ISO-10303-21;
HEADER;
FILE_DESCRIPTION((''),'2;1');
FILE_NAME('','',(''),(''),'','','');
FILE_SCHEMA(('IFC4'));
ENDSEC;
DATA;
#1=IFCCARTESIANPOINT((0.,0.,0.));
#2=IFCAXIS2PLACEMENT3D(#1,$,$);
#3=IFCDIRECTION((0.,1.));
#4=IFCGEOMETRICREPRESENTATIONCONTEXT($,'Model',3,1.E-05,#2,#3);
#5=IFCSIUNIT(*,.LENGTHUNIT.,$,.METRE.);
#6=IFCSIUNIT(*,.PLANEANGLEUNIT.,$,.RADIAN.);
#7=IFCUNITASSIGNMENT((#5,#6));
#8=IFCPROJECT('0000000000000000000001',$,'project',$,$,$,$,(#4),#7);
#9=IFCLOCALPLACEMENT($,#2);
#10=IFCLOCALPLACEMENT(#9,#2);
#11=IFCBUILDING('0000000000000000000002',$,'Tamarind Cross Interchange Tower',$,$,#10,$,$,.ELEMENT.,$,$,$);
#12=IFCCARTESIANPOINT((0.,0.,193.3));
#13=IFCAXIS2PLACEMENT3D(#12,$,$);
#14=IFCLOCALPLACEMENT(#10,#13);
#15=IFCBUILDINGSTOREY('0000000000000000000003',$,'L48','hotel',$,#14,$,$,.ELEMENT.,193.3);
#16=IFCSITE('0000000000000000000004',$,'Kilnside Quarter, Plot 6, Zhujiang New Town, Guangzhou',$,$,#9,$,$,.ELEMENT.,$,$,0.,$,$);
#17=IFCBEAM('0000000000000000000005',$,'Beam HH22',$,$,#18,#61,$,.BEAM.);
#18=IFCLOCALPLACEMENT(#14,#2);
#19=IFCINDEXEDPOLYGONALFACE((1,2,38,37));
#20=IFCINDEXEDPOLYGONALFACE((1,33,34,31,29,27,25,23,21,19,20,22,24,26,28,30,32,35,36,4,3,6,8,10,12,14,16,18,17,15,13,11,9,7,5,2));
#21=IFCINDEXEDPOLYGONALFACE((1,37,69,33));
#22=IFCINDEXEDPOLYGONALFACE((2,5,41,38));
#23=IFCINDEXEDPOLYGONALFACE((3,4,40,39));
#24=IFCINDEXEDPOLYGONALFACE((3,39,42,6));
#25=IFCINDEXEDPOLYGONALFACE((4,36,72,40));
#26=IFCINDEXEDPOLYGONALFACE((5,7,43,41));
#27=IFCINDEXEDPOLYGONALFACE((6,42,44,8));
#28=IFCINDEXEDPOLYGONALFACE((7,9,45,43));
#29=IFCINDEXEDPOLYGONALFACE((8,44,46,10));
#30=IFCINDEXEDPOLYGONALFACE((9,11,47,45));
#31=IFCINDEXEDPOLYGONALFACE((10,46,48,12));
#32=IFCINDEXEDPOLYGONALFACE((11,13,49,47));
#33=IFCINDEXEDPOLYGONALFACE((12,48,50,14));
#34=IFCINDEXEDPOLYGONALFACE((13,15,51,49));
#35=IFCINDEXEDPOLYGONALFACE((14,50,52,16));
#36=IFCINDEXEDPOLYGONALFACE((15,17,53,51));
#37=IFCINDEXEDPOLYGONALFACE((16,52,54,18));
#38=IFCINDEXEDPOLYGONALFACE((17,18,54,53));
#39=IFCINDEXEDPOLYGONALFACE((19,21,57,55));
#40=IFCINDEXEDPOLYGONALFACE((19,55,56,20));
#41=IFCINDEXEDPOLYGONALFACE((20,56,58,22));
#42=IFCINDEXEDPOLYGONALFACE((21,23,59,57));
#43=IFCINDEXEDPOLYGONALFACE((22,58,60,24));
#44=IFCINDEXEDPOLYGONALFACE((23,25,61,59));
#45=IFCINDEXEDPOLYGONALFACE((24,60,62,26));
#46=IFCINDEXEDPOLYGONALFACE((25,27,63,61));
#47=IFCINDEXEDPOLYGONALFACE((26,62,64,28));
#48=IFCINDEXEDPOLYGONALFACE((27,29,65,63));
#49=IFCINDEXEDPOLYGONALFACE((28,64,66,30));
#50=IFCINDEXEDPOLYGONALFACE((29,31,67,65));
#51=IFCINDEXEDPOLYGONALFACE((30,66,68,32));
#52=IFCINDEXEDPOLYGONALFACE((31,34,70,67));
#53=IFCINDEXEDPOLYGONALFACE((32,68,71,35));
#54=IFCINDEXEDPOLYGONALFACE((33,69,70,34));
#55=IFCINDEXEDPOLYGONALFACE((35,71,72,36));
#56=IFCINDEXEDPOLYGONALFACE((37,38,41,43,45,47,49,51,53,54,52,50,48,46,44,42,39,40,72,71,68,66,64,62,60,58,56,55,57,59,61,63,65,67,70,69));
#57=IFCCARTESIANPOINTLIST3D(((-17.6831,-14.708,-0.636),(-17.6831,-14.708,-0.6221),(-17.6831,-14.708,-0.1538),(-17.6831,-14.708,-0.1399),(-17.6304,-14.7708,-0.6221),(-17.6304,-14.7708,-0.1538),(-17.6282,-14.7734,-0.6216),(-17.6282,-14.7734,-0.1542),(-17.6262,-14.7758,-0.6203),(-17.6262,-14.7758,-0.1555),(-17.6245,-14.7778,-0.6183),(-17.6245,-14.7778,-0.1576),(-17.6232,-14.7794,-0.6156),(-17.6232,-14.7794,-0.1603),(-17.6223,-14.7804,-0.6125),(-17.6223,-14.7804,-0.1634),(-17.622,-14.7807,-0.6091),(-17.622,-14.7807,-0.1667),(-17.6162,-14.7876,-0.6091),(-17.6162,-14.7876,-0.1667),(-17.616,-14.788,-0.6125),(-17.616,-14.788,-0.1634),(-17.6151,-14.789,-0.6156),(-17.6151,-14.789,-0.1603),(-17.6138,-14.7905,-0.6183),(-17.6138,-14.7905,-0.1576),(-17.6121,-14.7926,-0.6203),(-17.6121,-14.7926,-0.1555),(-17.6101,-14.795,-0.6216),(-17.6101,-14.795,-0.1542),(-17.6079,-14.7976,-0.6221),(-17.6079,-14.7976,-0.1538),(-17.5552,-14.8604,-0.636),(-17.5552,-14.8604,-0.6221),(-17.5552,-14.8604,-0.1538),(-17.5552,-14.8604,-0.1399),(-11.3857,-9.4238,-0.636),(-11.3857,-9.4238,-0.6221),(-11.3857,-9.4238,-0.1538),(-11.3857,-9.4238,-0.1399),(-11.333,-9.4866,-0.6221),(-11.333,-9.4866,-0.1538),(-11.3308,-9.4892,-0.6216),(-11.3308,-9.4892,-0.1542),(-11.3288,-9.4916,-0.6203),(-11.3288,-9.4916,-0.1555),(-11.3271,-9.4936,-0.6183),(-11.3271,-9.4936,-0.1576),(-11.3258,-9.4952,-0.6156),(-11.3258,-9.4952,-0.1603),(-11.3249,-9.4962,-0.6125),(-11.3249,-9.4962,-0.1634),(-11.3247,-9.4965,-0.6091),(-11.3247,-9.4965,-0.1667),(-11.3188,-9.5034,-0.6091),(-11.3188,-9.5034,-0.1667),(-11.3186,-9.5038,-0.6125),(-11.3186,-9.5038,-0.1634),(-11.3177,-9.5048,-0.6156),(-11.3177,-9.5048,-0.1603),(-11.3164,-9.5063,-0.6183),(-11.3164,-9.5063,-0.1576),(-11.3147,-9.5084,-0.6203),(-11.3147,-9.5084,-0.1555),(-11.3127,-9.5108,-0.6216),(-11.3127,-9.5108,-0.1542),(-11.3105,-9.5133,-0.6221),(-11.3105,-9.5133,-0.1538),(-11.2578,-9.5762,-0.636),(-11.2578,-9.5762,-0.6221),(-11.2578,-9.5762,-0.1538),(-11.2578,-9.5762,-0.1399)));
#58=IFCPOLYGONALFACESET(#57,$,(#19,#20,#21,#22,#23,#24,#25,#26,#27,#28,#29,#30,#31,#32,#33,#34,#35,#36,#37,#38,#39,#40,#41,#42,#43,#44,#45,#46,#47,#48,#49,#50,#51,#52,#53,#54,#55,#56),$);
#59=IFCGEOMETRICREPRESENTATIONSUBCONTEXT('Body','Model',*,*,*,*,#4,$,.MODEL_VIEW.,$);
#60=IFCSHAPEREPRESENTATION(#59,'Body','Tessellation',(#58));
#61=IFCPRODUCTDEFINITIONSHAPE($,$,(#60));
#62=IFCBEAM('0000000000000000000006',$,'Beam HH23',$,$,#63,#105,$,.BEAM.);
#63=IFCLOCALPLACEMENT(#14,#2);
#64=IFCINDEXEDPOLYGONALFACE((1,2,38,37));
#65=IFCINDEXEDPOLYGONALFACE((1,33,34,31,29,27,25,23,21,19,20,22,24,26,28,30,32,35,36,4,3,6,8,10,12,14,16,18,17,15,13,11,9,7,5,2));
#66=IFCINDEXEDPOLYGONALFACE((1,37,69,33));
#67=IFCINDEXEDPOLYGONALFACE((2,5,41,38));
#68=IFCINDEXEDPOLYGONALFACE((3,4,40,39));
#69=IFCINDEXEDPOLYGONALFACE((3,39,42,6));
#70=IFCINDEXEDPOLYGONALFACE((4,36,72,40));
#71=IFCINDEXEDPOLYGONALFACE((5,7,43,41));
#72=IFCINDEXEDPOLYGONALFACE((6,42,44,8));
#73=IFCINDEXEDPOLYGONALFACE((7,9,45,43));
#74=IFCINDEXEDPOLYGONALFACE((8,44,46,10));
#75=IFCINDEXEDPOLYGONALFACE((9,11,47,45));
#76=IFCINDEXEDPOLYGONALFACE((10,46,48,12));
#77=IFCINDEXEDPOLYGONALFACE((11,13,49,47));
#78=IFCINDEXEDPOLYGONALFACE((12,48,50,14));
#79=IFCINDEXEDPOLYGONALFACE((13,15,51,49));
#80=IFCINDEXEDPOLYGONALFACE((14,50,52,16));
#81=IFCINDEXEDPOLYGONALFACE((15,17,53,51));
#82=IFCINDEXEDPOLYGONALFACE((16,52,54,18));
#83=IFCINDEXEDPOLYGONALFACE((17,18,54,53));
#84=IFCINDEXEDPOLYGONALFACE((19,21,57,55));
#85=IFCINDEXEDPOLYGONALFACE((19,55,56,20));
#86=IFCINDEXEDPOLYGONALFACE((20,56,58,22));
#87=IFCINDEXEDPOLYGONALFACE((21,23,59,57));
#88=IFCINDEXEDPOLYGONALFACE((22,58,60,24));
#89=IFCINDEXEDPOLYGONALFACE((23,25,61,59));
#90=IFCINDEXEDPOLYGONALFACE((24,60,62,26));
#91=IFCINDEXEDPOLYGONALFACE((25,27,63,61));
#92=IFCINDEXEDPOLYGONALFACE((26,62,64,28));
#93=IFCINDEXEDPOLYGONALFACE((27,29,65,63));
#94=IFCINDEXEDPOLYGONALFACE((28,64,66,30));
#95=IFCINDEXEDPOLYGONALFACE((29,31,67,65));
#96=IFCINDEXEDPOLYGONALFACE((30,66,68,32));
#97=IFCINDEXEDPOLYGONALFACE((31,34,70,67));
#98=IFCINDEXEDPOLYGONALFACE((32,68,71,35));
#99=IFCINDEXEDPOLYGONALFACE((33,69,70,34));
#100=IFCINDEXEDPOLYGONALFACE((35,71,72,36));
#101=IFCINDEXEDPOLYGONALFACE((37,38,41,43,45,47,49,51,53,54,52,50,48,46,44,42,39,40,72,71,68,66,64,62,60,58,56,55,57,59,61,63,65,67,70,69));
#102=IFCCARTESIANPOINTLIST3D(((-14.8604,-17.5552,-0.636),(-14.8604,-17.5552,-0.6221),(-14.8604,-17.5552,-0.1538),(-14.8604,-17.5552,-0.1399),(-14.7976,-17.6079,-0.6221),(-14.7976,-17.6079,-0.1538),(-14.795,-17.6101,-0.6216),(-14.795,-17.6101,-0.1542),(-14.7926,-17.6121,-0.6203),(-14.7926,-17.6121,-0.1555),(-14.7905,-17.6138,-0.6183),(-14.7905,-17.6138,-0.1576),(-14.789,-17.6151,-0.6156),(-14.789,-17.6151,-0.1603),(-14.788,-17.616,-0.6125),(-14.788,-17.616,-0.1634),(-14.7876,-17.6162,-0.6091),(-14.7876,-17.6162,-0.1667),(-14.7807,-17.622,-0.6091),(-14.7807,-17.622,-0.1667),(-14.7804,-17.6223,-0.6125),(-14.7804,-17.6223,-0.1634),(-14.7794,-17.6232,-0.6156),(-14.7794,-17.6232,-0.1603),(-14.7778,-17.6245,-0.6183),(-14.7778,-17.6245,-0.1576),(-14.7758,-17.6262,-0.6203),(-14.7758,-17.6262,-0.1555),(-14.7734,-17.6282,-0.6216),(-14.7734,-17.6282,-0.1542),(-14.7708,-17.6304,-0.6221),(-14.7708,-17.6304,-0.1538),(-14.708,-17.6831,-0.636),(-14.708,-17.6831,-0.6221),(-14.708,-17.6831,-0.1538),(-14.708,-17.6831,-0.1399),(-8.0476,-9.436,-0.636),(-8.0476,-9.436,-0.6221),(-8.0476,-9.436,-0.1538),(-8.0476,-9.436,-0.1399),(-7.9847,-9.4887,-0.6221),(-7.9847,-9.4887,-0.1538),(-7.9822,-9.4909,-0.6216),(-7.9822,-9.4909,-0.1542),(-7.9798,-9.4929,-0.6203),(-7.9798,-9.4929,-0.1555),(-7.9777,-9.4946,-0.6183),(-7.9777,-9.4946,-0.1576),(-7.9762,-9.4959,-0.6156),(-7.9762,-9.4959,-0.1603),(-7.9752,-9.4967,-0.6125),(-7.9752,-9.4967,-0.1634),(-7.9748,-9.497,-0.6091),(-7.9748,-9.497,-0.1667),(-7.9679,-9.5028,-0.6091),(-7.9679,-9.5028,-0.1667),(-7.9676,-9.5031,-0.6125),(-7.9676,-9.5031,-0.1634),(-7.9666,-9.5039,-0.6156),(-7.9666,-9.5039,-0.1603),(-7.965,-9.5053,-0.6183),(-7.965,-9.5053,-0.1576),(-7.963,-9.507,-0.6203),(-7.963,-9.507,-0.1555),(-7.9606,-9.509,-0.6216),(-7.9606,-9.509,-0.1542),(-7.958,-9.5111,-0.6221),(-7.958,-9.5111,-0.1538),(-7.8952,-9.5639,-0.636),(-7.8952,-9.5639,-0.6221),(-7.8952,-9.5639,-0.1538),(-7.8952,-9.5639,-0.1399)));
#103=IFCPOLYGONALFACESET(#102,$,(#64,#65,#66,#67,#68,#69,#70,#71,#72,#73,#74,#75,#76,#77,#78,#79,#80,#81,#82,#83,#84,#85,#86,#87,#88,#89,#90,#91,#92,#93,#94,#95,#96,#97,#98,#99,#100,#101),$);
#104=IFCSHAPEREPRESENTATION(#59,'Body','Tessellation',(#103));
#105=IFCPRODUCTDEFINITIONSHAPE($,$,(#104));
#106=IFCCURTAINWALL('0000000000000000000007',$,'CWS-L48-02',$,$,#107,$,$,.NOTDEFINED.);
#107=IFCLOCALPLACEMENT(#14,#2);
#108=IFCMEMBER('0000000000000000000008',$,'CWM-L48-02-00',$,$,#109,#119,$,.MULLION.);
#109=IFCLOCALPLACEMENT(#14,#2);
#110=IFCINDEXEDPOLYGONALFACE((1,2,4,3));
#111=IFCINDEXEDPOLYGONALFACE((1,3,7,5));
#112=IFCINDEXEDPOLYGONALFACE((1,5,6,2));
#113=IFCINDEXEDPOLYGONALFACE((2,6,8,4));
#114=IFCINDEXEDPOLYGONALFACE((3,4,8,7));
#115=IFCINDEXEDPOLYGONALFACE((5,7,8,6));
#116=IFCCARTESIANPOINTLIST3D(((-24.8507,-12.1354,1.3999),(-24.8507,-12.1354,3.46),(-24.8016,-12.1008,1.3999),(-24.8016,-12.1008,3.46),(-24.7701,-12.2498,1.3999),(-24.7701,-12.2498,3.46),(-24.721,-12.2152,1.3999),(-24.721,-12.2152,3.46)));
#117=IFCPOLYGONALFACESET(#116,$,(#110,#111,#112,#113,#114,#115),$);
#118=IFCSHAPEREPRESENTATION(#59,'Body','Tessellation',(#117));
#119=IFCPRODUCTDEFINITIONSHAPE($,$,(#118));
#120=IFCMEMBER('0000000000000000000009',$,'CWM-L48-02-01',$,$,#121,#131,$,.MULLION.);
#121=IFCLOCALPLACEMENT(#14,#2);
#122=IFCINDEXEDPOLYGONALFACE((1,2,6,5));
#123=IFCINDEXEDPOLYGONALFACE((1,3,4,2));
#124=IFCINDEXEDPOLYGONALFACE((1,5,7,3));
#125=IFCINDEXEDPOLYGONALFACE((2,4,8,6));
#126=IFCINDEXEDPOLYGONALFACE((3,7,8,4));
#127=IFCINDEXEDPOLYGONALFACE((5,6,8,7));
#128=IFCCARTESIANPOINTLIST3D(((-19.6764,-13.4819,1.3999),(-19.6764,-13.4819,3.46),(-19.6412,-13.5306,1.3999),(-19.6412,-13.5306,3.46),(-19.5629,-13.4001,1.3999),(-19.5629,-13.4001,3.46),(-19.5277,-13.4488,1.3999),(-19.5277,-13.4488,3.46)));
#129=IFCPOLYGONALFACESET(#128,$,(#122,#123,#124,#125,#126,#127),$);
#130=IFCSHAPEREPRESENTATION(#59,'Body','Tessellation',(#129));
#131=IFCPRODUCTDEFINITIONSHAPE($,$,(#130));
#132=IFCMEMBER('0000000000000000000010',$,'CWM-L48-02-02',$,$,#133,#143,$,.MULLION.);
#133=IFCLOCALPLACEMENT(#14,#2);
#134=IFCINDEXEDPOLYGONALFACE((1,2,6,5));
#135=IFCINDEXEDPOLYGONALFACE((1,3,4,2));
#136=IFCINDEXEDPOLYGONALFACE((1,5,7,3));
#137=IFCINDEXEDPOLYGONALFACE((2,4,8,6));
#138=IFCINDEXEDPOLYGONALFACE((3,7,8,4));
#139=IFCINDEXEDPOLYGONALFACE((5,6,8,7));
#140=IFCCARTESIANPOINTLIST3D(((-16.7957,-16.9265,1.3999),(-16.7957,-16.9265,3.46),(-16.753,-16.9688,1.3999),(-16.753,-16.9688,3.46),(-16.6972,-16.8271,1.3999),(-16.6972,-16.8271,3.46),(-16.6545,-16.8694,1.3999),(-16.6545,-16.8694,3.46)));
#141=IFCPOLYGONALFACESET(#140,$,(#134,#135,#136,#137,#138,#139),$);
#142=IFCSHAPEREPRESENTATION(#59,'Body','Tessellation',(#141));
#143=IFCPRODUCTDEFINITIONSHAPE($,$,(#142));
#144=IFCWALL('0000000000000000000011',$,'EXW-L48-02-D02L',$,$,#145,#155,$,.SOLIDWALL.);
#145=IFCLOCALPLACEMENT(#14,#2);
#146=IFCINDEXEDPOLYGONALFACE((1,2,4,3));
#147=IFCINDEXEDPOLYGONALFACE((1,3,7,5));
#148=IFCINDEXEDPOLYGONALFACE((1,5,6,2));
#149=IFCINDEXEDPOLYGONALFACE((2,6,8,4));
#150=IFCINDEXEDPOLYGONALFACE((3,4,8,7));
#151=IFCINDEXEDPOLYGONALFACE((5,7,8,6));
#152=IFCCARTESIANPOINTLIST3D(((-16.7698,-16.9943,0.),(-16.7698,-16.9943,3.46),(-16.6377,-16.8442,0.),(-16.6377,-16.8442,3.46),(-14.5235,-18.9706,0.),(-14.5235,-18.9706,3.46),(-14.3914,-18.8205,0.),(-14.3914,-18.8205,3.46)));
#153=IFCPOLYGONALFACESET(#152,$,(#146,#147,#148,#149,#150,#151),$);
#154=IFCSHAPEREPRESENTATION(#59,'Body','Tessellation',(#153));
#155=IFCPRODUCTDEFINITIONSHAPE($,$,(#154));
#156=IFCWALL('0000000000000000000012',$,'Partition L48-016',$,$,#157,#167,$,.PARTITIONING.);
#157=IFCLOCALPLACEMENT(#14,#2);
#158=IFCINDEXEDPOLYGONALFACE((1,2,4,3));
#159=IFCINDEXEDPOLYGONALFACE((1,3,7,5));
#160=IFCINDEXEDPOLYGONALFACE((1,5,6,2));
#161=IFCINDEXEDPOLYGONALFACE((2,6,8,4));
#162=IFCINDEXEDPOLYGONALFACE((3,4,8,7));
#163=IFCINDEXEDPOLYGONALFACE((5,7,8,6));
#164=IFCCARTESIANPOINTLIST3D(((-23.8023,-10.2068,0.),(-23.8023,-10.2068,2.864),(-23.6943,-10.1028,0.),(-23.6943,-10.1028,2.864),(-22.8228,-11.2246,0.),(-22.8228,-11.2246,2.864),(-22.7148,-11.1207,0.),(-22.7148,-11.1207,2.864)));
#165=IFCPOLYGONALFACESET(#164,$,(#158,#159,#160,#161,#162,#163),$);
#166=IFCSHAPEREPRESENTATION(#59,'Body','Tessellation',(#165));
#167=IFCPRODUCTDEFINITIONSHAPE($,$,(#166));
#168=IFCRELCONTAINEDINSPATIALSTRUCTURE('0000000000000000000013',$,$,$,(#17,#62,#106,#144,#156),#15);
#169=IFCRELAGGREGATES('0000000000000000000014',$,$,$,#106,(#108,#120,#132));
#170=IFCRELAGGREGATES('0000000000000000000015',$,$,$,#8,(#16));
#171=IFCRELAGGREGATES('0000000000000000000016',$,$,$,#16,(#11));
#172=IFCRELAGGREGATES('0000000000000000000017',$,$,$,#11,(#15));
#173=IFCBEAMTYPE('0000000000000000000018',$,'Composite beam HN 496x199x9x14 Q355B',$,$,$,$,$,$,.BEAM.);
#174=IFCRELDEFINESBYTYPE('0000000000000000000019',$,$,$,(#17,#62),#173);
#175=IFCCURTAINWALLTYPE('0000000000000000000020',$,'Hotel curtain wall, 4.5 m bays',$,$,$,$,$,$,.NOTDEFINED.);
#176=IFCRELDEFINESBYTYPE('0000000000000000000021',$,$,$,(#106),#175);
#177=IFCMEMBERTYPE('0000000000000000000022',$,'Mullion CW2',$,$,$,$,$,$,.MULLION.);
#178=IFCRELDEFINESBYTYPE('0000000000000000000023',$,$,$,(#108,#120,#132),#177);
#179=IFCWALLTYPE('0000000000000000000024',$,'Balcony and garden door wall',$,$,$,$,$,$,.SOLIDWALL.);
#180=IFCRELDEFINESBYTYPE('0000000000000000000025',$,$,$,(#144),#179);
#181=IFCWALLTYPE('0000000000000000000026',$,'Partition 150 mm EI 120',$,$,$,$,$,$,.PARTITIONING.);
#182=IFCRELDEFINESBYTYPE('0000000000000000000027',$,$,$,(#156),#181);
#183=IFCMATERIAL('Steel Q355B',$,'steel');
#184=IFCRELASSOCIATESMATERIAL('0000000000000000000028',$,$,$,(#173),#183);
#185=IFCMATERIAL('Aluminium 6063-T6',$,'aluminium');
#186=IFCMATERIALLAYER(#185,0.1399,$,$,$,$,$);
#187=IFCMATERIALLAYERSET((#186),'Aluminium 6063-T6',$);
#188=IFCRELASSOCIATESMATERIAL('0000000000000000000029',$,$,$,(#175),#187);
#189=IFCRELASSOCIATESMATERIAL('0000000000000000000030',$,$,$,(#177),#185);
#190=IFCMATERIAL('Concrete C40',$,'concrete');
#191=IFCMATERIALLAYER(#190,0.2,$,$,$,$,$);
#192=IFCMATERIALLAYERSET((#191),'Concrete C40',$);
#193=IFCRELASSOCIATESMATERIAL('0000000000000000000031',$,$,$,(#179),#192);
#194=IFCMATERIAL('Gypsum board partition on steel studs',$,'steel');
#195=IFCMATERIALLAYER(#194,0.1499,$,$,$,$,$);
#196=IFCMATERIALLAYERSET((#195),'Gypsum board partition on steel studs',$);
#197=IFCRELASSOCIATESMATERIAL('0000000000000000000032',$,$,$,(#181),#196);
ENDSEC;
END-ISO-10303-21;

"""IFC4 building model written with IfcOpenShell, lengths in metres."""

from ifc_helpers import new_model, si_unit, direction, frame, frame_2d, origin, origin_2d, place, context, subcontext, project, spatial, rectangle, i_section, extrude, material, layer, layer_set, material_profile, profile_set, type_object, element, aggregate, save


model = new_model("IFC4")

# Units and contexts
model_context = context("Model", 3, precision=1e-05, world=origin(), true_north=direction((0.0, 1.0)))
body_context = subcontext(model_context, "Body", "Model", "MODEL_VIEW")
ifc_project = project(units=[si_unit("LENGTHUNIT", "METRE"), si_unit("PLANEANGLEUNIT", "RADIAN")], contexts=[model_context])

# Site, building, storey
site_placement = place(None, origin())
site = spatial("IfcSite", under=ifc_project, at=site_placement, Name="Kilnside Quarter, Plot 6, Zhujiang New Town, Guangzhou", CompositionType="ELEMENT", RefElevation=0.0)
building_placement = place(site_placement, origin())
building = spatial("IfcBuilding", under=site, at=building_placement, Name="Tamarind Cross Interchange Tower", CompositionType="ELEMENT")
storey_placement = place(building_placement, frame((0.0, 0.0, 193.3)))
storey = spatial("IfcBuildingStorey", under=building, at=storey_placement, Name="L48", Description="hotel", CompositionType="ELEMENT", Elevation=193.3)

# Beams
ifc_material_1 = material(Name="Steel Q355B", Category="steel")
ifc_material_profile_1 = material_profile(ifc_material_1, i_section(OverallWidth=0.199, OverallDepth=0.4961, WebThickness=0.009, FlangeThickness=0.0139, FilletRadius=0.0129, at=origin_2d()), Name="HN 496x199x9x14")
ifc_profile_set_1 = profile_set([ifc_material_profile_1], Name="Steel Q355B")
beam_type = type_object("IfcBeamType", Name="Composite beam HN 496x199x9x14 Q355B", PredefinedType="BEAM", material=ifc_profile_set_1)
beam_1_placement = place(storey_placement, frame((-17.6191, -14.7842, -0.3879), z_axis=(0.766041, 0.642792, 0.0), x_axis=(-0.642792, 0.766041, 0.0)))
element("IfcBeam", 1, at=beam_1_placement, inside=storey, type_object=beam_type, Name="Beam HH22", PredefinedType="BEAM", context=body_context, shape_type="SweptSolid", body=[
    extrude(i_section(OverallWidth=0.199, OverallDepth=0.4961, WebThickness=0.009, FlangeThickness=0.0139, FilletRadius=0.0129, at=origin_2d()), origin(), (0.0, 0.0, 1.0), 8.2207),
])
beam_2_placement = place(storey_placement, frame((-14.7842, -17.6191, -0.3879), z_axis=(0.642786, 0.766046, 0.0), x_axis=(-0.766046, 0.642786, 0.0)))
element("IfcBeam", 2, at=beam_2_placement, inside=storey, type_object=beam_type, Name="Beam HH23", PredefinedType="BEAM", context=body_context, shape_type="SweptSolid", body=[
    extrude(i_section(OverallWidth=0.199, OverallDepth=0.4961, WebThickness=0.009, FlangeThickness=0.0139, FilletRadius=0.0129, at=origin_2d()), origin(), (0.0, 0.0, 1.0), 10.5989),
])

# Curtain wall, members
ifc_material_2 = material(Name="Aluminium 6063-T6", Category="aluminium")
ifc_layer_1 = layer(ifc_material_2, 0.1399)
ifc_layer_set_1 = layer_set([ifc_layer_1], Name="Aluminium 6063-T6")
curtain_wall_type = type_object("IfcCurtainWallType", Name="Hotel curtain wall, 4.5 m bays", PredefinedType="NOTDEFINED", material=ifc_layer_set_1)
curtain_wall_placement = place(storey_placement, origin())
curtain_wall = element("IfcCurtainWall", 3, at=curtain_wall_placement, inside=storey, type_object=curtain_wall_type, Name="CWS-L48-02", PredefinedType="NOTDEFINED")
ifc_material_profile_2 = material_profile(ifc_material_2, rectangle(XDim=0.0601, YDim=0.1399, at=origin_2d()), Name="Mullion CW2")
ifc_profile_set_2 = profile_set([ifc_material_profile_2], Name="Aluminium 6063-T6")
member_type = type_object("IfcMemberType", Name="Mullion CW2", PredefinedType="MULLION", material=ifc_profile_set_2)
member_1_placement = place(storey_placement, frame((-24.7859, -12.1753, 1.3999), z_axis=(0.0, 0.0, 1.0), x_axis=(0.817326, 0.576176, 0.0)))
member_1 = element("IfcMember", 4, at=member_1_placement, type_object=member_type, Name="CWM-L48-02-00", PredefinedType="MULLION", context=body_context, shape_type="SweptSolid", body=[
    extrude(rectangle(XDim=0.0601, YDim=0.1399, at=origin_2d()), origin(), (0.0, 0.0, 1.0), 2.0601),
])
member_2_placement = place(storey_placement, frame((-19.6021, -13.4653, 1.3999), z_axis=(0.0, 0.0, 1.0), x_axis=(0.584574, -0.81134, 0.0)))
member_2 = element("IfcMember", 5, at=member_2_placement, type_object=member_type, Name="CWM-L48-02-01", PredefinedType="MULLION", context=body_context, shape_type="SweptSolid", body=[
    extrude(rectangle(XDim=0.0601, YDim=0.1399, at=origin_2d()), origin(), (0.0, 0.0, 1.0), 2.0601),
])
member_3_placement = place(storey_placement, frame((-16.7251, -16.8979, 1.3999), z_axis=(0.0, 0.0, 1.0), x_axis=(0.710143, -0.704057, 0.0)))
member_3 = element("IfcMember", 6, at=member_3_placement, type_object=member_type, Name="CWM-L48-02-02", PredefinedType="MULLION", context=body_context, shape_type="SweptSolid", body=[
    extrude(rectangle(XDim=0.0601, YDim=0.1399, at=origin_2d()), origin(), (0.0, 0.0, 1.0), 2.0601),
])
aggregate(curtain_wall, [member_1, member_2, member_3])

# Walls
ifc_material_3 = material(Name="Concrete C40", Category="concrete")
ifc_layer_2 = layer(ifc_material_3, 0.2)
ifc_layer_set_2 = layer_set([ifc_layer_2], Name="Concrete C40")
wall_type_1 = type_object("IfcWallType", Name="Balcony and garden door wall", PredefinedType="SOLIDWALL", material=ifc_layer_set_2)
wall_1_placement = place(storey_placement, frame((-16.7039, -16.9192, 0.0), z_axis=(0.0, 0.0, 1.0), x_axis=(0.75079, -0.660541, 0.0)))
element("IfcWall", 7, at=wall_1_placement, inside=storey, type_object=wall_type_1, Name="EXW-L48-02-D02L", PredefinedType="SOLIDWALL", context=body_context, shape_type="SweptSolid", body=[
    extrude(rectangle(XDim=2.9919, YDim=0.2, at=frame_2d((1.4961, 0.0))), origin(), (0.0, 0.0, 1.0), 3.46),
])
ifc_material_4 = material(Name="Gypsum board partition on steel studs", Category="steel")
ifc_layer_3 = layer(ifc_material_4, 0.1499)
ifc_layer_set_3 = layer_set([ifc_layer_3], Name="Gypsum board partition on steel studs")
wall_type_2 = type_object("IfcWallType", Name="Partition 150 mm EI 120", PredefinedType="PARTITIONING", material=ifc_layer_set_3)
wall_2_placement = place(storey_placement, frame((-23.7483, -10.1548, 0.0), z_axis=(0.0, 0.0, 1.0), x_axis=(0.693409, -0.720544, 0.0)))
element("IfcWall", 8, at=wall_2_placement, inside=storey, type_object=wall_type_2, Name="Partition L48-016", PredefinedType="PARTITIONING", context=body_context, shape_type="SweptSolid", body=[
    extrude(rectangle(XDim=1.4126, YDim=0.1499, at=frame_2d((0.7063, 0.0))), origin(), (0.0, 0.0, 1.0), 2.864),
])

save(model, "model.ifc")
